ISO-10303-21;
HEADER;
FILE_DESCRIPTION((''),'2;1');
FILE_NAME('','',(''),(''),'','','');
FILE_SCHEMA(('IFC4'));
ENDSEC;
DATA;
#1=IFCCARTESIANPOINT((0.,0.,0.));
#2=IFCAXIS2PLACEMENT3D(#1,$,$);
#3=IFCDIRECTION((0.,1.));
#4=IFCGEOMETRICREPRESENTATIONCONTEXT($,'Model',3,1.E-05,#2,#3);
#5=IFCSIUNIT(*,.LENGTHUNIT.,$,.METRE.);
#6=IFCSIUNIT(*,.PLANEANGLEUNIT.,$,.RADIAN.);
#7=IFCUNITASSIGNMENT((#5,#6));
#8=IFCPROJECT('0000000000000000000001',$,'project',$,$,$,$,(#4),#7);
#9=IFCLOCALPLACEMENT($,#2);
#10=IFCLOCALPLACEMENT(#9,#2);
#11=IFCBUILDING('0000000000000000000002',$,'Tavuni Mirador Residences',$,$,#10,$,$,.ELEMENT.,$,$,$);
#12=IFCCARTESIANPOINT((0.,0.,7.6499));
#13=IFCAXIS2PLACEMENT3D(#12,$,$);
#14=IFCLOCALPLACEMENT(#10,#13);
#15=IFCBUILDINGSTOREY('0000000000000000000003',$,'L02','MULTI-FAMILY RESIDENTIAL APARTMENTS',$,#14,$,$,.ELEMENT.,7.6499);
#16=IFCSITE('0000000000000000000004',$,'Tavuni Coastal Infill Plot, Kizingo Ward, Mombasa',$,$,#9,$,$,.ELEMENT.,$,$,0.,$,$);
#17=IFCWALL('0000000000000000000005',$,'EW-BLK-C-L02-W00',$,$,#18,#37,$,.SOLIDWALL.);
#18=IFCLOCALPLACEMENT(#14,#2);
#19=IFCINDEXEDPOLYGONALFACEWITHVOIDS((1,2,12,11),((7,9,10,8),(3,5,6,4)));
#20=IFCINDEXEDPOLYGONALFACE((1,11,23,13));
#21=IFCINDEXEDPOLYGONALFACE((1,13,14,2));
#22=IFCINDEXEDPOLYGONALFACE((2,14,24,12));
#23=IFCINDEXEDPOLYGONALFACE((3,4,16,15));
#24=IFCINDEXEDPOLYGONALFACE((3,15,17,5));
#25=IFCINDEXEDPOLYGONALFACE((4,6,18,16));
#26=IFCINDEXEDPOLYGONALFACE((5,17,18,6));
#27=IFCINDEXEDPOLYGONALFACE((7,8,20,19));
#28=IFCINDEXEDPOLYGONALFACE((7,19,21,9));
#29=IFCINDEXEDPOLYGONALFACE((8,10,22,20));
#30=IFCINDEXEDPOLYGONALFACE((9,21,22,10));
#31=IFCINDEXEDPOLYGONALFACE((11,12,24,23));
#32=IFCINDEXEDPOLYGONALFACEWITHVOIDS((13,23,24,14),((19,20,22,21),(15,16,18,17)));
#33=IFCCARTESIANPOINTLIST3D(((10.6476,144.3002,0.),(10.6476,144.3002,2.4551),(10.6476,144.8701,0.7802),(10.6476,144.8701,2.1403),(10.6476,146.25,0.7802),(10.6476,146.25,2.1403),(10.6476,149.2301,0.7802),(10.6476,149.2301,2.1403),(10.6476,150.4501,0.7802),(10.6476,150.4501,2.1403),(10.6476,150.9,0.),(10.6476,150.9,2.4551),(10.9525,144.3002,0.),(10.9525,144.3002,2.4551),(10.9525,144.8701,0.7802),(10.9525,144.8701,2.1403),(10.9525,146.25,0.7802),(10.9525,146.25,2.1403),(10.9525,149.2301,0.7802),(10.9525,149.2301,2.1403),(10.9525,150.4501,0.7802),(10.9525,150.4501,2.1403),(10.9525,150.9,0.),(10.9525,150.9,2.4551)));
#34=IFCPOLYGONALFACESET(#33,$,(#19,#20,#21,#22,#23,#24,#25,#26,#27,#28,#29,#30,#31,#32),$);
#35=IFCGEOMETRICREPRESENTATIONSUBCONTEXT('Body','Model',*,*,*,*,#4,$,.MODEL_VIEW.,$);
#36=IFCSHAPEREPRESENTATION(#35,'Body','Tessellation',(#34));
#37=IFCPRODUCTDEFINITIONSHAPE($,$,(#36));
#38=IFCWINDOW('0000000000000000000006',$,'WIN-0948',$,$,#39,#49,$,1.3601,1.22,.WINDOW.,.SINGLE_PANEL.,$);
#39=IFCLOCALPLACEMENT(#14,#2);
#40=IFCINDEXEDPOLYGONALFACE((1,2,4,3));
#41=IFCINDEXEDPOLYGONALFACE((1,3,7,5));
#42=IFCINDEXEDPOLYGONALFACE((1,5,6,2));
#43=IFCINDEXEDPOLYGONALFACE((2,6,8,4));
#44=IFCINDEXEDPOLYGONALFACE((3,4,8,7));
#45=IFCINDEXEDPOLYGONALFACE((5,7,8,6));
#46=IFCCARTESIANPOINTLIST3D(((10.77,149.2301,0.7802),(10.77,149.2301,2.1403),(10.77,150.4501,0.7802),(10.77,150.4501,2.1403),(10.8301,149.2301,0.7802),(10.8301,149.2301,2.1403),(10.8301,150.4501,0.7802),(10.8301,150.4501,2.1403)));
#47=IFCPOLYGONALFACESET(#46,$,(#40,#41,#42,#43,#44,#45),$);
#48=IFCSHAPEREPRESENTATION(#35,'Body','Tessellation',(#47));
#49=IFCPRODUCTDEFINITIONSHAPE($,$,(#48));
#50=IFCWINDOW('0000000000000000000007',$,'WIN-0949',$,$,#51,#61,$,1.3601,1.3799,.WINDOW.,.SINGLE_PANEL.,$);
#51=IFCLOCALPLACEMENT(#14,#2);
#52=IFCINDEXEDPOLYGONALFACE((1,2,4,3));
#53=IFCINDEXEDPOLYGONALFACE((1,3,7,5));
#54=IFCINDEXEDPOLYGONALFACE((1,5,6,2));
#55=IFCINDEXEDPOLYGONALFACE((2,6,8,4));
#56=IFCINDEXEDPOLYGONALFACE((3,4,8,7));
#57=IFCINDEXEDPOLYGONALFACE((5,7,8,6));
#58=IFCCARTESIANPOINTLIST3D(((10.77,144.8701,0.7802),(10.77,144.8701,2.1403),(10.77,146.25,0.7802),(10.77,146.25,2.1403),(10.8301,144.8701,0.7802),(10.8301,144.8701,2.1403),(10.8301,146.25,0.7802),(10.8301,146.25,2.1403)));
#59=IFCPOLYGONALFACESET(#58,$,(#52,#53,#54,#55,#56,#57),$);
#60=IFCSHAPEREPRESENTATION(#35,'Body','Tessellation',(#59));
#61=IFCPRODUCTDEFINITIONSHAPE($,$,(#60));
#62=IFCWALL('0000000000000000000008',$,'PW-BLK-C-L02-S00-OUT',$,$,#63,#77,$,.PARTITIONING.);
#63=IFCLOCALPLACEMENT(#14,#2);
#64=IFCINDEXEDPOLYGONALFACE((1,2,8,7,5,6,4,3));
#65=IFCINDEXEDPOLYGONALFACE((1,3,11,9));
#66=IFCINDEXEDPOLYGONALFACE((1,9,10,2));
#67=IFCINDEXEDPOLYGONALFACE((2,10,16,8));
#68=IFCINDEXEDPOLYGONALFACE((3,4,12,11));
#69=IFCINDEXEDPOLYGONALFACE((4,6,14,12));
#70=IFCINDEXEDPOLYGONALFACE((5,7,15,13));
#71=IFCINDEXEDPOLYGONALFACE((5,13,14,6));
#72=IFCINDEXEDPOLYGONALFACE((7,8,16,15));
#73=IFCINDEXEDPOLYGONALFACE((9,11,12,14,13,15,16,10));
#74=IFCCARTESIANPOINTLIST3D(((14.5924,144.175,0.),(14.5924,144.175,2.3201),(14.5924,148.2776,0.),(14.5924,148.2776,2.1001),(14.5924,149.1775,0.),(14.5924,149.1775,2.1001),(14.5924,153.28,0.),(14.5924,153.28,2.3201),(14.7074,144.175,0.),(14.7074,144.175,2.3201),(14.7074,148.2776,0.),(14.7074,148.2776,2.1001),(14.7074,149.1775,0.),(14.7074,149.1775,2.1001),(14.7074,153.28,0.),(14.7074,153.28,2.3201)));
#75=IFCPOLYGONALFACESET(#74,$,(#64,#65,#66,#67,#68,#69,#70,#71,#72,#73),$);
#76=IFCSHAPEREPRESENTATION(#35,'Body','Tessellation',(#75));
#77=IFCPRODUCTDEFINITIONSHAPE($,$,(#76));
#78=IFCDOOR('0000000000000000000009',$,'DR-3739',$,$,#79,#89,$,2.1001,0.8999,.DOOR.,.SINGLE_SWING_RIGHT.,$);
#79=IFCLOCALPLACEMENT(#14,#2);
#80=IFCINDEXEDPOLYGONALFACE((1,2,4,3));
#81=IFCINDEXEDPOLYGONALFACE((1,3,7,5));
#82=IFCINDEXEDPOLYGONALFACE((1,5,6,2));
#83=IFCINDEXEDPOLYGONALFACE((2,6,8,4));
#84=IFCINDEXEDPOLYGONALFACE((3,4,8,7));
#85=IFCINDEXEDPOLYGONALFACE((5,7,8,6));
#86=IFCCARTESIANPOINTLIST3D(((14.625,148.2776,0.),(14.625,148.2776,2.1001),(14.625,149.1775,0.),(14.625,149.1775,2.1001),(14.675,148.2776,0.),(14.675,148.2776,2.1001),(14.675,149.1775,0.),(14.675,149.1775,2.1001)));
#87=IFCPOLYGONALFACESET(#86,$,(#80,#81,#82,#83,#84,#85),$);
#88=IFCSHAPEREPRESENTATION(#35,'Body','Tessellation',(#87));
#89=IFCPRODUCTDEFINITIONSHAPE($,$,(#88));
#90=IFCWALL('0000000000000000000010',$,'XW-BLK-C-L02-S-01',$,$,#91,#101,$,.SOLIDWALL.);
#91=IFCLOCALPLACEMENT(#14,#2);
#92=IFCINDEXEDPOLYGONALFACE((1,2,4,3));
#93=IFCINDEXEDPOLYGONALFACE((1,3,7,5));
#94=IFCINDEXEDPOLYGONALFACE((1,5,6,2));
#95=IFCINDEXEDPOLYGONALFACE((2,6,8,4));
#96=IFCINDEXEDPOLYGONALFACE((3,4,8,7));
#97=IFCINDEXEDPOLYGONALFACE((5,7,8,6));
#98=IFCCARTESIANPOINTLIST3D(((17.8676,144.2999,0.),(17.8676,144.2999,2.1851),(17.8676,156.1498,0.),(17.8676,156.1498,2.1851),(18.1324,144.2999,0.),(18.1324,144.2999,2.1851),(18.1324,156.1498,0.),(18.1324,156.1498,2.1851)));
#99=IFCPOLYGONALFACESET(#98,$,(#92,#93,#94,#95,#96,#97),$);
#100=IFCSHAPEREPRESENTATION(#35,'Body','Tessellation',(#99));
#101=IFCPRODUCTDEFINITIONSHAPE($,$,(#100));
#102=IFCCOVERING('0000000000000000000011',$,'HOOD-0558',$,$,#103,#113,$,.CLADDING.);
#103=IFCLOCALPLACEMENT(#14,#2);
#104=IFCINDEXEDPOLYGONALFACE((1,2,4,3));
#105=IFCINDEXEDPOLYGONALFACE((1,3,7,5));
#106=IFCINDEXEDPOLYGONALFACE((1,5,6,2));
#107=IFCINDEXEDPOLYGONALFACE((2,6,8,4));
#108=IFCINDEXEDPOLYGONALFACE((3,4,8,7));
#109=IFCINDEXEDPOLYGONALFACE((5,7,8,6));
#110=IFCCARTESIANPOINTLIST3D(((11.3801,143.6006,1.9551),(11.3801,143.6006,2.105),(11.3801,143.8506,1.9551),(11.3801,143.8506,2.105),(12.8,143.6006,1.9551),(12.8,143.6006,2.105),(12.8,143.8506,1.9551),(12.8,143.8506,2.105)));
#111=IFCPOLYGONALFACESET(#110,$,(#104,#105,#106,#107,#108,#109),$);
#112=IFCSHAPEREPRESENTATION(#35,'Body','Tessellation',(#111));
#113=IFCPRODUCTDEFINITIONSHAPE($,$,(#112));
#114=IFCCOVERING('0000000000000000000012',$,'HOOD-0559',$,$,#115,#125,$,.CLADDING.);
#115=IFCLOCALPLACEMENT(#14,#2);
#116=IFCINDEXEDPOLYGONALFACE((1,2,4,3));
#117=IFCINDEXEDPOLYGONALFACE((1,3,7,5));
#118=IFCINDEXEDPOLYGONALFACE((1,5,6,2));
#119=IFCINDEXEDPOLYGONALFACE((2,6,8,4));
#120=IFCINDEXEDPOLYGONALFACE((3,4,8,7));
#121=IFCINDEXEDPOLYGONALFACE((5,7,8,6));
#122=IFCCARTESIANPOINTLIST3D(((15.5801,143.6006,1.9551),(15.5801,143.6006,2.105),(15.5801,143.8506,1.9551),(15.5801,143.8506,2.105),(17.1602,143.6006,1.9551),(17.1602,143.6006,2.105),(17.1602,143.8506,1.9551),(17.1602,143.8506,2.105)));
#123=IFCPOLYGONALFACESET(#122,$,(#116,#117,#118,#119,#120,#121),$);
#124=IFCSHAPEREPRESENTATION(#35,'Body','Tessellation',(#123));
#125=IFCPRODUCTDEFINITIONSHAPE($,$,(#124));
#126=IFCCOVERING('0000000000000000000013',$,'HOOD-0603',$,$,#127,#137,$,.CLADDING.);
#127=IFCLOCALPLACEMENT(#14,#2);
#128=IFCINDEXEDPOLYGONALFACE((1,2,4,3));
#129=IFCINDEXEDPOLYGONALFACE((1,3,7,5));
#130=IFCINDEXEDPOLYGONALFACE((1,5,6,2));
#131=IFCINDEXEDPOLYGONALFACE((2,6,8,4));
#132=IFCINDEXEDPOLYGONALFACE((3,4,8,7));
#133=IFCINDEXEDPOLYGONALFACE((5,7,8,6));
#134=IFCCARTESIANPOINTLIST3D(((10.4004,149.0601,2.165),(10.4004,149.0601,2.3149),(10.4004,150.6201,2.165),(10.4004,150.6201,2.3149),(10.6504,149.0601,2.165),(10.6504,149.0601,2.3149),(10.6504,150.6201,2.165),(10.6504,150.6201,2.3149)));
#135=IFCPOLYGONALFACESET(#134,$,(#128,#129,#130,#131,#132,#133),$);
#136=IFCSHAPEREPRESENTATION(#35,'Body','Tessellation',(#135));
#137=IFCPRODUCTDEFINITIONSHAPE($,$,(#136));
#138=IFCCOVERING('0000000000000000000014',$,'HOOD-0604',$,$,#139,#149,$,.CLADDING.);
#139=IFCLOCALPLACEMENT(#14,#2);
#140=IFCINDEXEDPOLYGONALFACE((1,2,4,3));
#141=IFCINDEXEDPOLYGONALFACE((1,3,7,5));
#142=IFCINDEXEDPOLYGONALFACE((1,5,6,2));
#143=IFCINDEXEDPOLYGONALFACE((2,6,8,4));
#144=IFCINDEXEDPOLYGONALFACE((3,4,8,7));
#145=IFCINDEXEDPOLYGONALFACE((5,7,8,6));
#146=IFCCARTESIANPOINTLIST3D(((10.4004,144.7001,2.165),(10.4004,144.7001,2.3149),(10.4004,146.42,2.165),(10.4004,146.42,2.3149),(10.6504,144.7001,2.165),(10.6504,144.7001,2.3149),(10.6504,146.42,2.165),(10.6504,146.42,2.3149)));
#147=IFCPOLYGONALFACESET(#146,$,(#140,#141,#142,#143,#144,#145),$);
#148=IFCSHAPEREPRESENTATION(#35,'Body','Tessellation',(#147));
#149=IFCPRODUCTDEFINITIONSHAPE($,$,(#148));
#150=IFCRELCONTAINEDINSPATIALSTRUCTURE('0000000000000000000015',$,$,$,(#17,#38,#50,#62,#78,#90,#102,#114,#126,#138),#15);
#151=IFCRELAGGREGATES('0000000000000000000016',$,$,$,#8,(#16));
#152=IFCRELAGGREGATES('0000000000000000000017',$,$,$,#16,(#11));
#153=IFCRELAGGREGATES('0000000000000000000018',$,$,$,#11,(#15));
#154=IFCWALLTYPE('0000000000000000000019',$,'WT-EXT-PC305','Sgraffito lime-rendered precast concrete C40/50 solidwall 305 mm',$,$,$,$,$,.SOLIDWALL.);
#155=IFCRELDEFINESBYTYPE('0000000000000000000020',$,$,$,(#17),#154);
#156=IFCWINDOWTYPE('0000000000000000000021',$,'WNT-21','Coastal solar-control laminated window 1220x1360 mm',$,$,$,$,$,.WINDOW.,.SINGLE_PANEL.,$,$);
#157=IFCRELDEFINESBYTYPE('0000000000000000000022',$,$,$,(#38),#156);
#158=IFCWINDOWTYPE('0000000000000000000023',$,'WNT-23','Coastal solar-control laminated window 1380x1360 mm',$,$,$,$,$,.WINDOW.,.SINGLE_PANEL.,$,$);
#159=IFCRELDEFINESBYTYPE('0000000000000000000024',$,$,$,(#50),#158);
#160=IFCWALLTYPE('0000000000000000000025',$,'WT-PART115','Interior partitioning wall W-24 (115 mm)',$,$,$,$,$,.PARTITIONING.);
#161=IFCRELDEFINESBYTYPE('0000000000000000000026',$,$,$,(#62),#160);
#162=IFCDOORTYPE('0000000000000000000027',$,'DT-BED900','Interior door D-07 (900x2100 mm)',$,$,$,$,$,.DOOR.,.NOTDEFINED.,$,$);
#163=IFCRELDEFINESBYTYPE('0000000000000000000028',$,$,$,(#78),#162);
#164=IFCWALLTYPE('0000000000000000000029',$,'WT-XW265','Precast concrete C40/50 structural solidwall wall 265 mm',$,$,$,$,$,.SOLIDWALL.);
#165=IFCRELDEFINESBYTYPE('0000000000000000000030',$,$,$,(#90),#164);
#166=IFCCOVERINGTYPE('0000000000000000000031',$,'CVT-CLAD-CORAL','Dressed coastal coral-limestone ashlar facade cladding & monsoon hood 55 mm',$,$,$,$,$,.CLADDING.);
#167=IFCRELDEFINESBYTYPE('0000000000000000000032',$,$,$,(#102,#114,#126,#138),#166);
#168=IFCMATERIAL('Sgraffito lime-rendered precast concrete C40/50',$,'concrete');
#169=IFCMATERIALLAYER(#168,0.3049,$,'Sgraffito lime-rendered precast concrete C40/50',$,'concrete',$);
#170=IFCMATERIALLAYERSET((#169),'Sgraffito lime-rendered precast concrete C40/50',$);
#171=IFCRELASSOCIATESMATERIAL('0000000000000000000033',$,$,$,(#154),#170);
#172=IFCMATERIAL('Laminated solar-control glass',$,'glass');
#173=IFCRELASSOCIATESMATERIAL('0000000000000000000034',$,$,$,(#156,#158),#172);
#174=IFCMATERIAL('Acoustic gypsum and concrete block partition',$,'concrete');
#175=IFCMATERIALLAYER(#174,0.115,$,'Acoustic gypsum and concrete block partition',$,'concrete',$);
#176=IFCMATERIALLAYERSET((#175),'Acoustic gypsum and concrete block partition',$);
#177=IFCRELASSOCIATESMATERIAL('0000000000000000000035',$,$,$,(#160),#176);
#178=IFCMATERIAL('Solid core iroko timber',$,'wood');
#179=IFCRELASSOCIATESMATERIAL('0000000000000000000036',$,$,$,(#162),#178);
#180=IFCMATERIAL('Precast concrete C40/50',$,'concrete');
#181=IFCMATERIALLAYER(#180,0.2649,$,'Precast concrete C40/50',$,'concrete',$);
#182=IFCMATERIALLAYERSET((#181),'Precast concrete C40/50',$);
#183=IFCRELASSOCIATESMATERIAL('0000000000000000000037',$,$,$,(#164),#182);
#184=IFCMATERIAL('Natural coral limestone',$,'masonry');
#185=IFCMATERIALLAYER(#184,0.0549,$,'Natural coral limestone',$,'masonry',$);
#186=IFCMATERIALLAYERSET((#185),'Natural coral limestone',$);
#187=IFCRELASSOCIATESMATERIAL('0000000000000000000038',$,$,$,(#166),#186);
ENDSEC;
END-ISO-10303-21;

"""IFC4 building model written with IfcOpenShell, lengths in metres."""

from ifc_helpers import new_model, si_unit, direction, frame, frame_2d, origin, origin_2d, place, context, subcontext, project, spatial, rectangle, extrude, material, layer, layer_set, type_object, element, fill, save


model = new_model("IFC4")

# Units and contexts
model_context = context("Model", 3, precision=1e-05, world=origin(), true_north=direction((0.0, 1.0)))
body_context = subcontext(model_context, "Body", "Model", "MODEL_VIEW")
ifc_project = project(units=[si_unit("LENGTHUNIT", "METRE"), si_unit("PLANEANGLEUNIT", "RADIAN")], contexts=[model_context])

# Site, building, storey
site_placement = place(None, origin())
site = spatial("IfcSite", under=ifc_project, at=site_placement, Name="Tavuni Coastal Infill Plot, Kizingo Ward, Mombasa", CompositionType="ELEMENT", RefElevation=0.0)
building_placement = place(site_placement, origin())
building = spatial("IfcBuilding", under=site, at=building_placement, Name="Tavuni Mirador Residences", CompositionType="ELEMENT")
storey_placement = place(building_placement, frame((0.0, 0.0, 7.6499)))
storey = spatial("IfcBuildingStorey", under=building, at=storey_placement, Name="L02", Description="MULTI-FAMILY RESIDENTIAL APARTMENTS", CompositionType="ELEMENT", Elevation=7.6499)

# Shared definitions
ifc_material_1 = material(Name="Precast concrete C40/50", Category="concrete")

# Wall, openings, windows
ifc_material_2 = material(Name="Sgraffito lime-rendered precast concrete C40/50", Category="concrete")
ifc_layer_1 = layer(ifc_material_2, 0.3049, Name="Sgraffito lime-rendered precast concrete C40/50", Category="concrete")
ifc_layer_set_1 = layer_set([ifc_layer_1], Name="Sgraffito lime-rendered precast concrete C40/50")
wall_type_1 = type_object("IfcWallType", Name="WT-EXT-PC305", Description="Sgraffito lime-rendered precast concrete C40/50 solidwall 305 mm", PredefinedType="SOLIDWALL", material=ifc_layer_set_1)
ifc_material_3 = material(Name="Laminated solar-control glass", Category="glass")
wall_1_placement = place(storey_placement, frame((10.8, 150.8999, 0.0), z_axis=(0.0, 0.0, 1.0), x_axis=(0.0, -1.0, 0.0)))
wall_1 = element("IfcWall", 1, at=wall_1_placement, inside=storey, type_object=wall_type_1, Name="EW-BLK-C-L02-W00", PredefinedType="SOLIDWALL", context=body_context, shape_type="SweptSolid", body=[
    extrude(rectangle(XDim=6.5999, YDim=0.3049, at=frame_2d((3.2998, 0.0))), origin(), (0.0, 0.0, 1.0), 2.4551),
])
opening_1_placement = place(wall_1_placement, frame((0.45, 0.0, 0.78)))
opening_1 = element("IfcOpeningElement", 2, at=opening_1_placement, cuts=wall_1, PredefinedType="OPENING", context=body_context, shape_type="SweptSolid", body=[
    extrude(rectangle(XDim=1.22, YDim=1.3601, at=frame_2d((0.6099, 0.6802))), frame((0.0, 0.1626, 0.0), z_axis=(0.0, -1.0, 0.0), x_axis=(1.0, 0.0, 0.0)), (0.0, 0.0, 1.0), 0.325),
])
opening_2_placement = place(wall_1_placement, frame((4.6499, 0.0, 0.78)))
opening_2 = element("IfcOpeningElement", 3, at=opening_2_placement, cuts=wall_1, PredefinedType="OPENING", context=body_context, shape_type="SweptSolid", body=[
    extrude(rectangle(XDim=1.3799, YDim=1.3601, at=frame_2d((0.6899, 0.6802))), frame((0.0, 0.1626, 0.0), z_axis=(0.0, -1.0, 0.0), x_axis=(1.0, 0.0, 0.0)), (0.0, 0.0, 1.0), 0.325),
])
window_type_1 = type_object("IfcWindowType", Name="WNT-21", Description="Coastal solar-control laminated window 1220x1360 mm", PartitioningType="SINGLE_PANEL", PredefinedType="WINDOW", material=ifc_material_3)
window_1_placement = place(opening_1_placement, origin())
window_1 = element("IfcWindow", 4, at=window_1_placement, inside=storey, type_object=window_type_1, Name="WIN-0948", OverallHeight=1.3601, OverallWidth=1.22, PartitioningType="SINGLE_PANEL", PredefinedType="WINDOW", context=body_context, shape_type="SweptSolid", body=[
    extrude(rectangle(XDim=1.22, YDim=1.3601, at=frame_2d((0.6099, 0.6802))), frame((0.0, 0.03, 0.0), z_axis=(0.0, -1.0, 0.0), x_axis=(1.0, 0.0, 0.0)), (0.0, 0.0, 1.0), 0.0601),
])
fill(opening_1, window_1)
window_type_2 = type_object("IfcWindowType", Name="WNT-23", Description="Coastal solar-control laminated window 1380x1360 mm", PartitioningType="SINGLE_PANEL", PredefinedType="WINDOW", material=ifc_material_3)
window_2_placement = place(opening_2_placement, origin())
window_2 = element("IfcWindow", 5, at=window_2_placement, inside=storey, type_object=window_type_2, Name="WIN-0949", OverallHeight=1.3601, OverallWidth=1.3799, PartitioningType="SINGLE_PANEL", PredefinedType="WINDOW", context=body_context, shape_type="SweptSolid", body=[
    extrude(rectangle(XDim=1.3799, YDim=1.3601, at=frame_2d((0.6899, 0.6802))), frame((0.0, 0.03, 0.0), z_axis=(0.0, -1.0, 0.0), x_axis=(1.0, 0.0, 0.0)), (0.0, 0.0, 1.0), 0.0601),
])
fill(opening_2, window_2)

# Wall, opening, door
ifc_material_4 = material(Name="Acoustic gypsum and concrete block partition", Category="concrete")
ifc_layer_2 = layer(ifc_material_4, 0.115, Name="Acoustic gypsum and concrete block partition", Category="concrete")
ifc_layer_set_2 = layer_set([ifc_layer_2], Name="Acoustic gypsum and concrete block partition")
wall_type_2 = type_object("IfcWallType", Name="WT-PART115", Description="Interior partitioning wall W-24 (115 mm)", PredefinedType="PARTITIONING", material=ifc_layer_set_2)
wall_2_placement = place(storey_placement, frame((14.6499, 144.175, 0.0), z_axis=(0.0, 0.0, 1.0), x_axis=(0.0, 1.0, 0.0)))
wall_2 = element("IfcWall", 6, at=wall_2_placement, inside=storey, type_object=wall_type_2, Name="PW-BLK-C-L02-S00-OUT", PredefinedType="PARTITIONING", context=body_context, shape_type="SweptSolid", body=[
    extrude(rectangle(XDim=9.105, YDim=0.115, at=frame_2d((4.5525, 0.0))), origin(), (0.0, 0.0, 1.0), 2.3201),
])
opening_3_placement = place(wall_2_placement, frame((4.1025, 0.0, 0.0)))
opening_3 = element("IfcOpeningElement", 7, at=opening_3_placement, cuts=wall_2, PredefinedType="OPENING", context=body_context, shape_type="SweptSolid", body=[
    extrude(rectangle(XDim=0.8999, YDim=2.1001, at=frame_2d((0.45, 1.05))), frame((0.0, 0.0674, 0.0), z_axis=(0.0, -1.0, 0.0), x_axis=(1.0, 0.0, 0.0)), (0.0, 0.0, 1.0), 0.135),
])
ifc_material_5 = material(Name="Solid core iroko timber", Category="wood")
door_type = type_object("IfcDoorType", Name="DT-BED900", Description="Interior door D-07 (900x2100 mm)", OperationType="NOTDEFINED", PredefinedType="DOOR", material=ifc_material_5)
door_placement = place(opening_3_placement, origin())
door = element("IfcDoor", 8, at=door_placement, inside=storey, type_object=door_type, Name="DR-3739", OperationType="SINGLE_SWING_RIGHT", OverallHeight=2.1001, OverallWidth=0.8999, PredefinedType="DOOR", context=body_context, shape_type="SweptSolid", body=[
    extrude(rectangle(XDim=0.8999, YDim=2.1001, at=frame_2d((0.45, 1.05))), frame((0.0, 0.0249, 0.0), z_axis=(0.0, -1.0, 0.0), x_axis=(1.0, 0.0, 0.0)), (0.0, 0.0, 1.0), 0.05),
])
fill(opening_3, door)

# Wall
ifc_layer_3 = layer(ifc_material_1, 0.2649, Name="Precast concrete C40/50", Category="concrete")
ifc_layer_set_3 = layer_set([ifc_layer_3], Name="Precast concrete C40/50")
wall_type_3 = type_object("IfcWallType", Name="WT-XW265", Description="Precast concrete C40/50 structural solidwall wall 265 mm", PredefinedType="SOLIDWALL", material=ifc_layer_set_3)
wall_3_placement = place(storey_placement, frame((18.0, 144.3, 0.0), z_axis=(0.0, 0.0, 1.0), x_axis=(0.0, 1.0, 0.0)))
element("IfcWall", 9, at=wall_3_placement, inside=storey, type_object=wall_type_3, Name="XW-BLK-C-L02-S-01", PredefinedType="SOLIDWALL", context=body_context, shape_type="SweptSolid", body=[
    extrude(rectangle(XDim=11.8499, YDim=0.2649, at=frame_2d((5.9248, 0.0))), origin(), (0.0, 0.0, 1.0), 2.1851),
])

# Coverings
ifc_material_6 = material(Name="Natural coral limestone", Category="masonry")
ifc_layer_4 = layer(ifc_material_6, 0.0549, Name="Natural coral limestone", Category="masonry")
ifc_layer_set_4 = layer_set([ifc_layer_4], Name="Natural coral limestone")
covering_type = type_object("IfcCoveringType", Name="CVT-CLAD-CORAL", Description="Dressed coastal coral-limestone ashlar facade cladding & monsoon hood 55 mm", PredefinedType="CLADDING", material=ifc_layer_set_4)
covering_1_placement = place(storey_placement, frame((12.0901, 143.7256, 1.9551), z_axis=(0.0, 0.0, 1.0), x_axis=(1.0, 0.0, 0.0)))
element("IfcCovering", 10, at=covering_1_placement, inside=storey, type_object=covering_type, Name="HOOD-0558", PredefinedType="CLADDING", context=body_context, shape_type="SweptSolid", body=[
    extrude(rectangle(XDim=1.4199, YDim=0.25, at=origin_2d()), origin(), (0.0, 0.0, 1.0), 0.1499),
])
covering_2_placement = place(storey_placement, frame((16.3701, 143.7256, 1.9551), z_axis=(0.0, 0.0, 1.0), x_axis=(1.0, 0.0, 0.0)))
element("IfcCovering", 11, at=covering_2_placement, inside=storey, type_object=covering_type, Name="HOOD-0559", PredefinedType="CLADDING", context=body_context, shape_type="SweptSolid", body=[
    extrude(rectangle(XDim=1.5801, YDim=0.25, at=origin_2d()), origin(), (0.0, 0.0, 1.0), 0.1499),
])
covering_3_placement = place(storey_placement, frame((10.5254, 149.8401, 2.165), z_axis=(0.0, 0.0, 1.0), x_axis=(0.0, -1.0, 0.0)))
element("IfcCovering", 12, at=covering_3_placement, inside=storey, type_object=covering_type, Name="HOOD-0603", PredefinedType="CLADDING", context=body_context, shape_type="SweptSolid", body=[
    extrude(rectangle(XDim=1.5601, YDim=0.25, at=origin_2d()), origin(), (0.0, 0.0, 1.0), 0.1499),
])
covering_4_placement = place(storey_placement, frame((10.5254, 145.5601, 2.165), z_axis=(0.0, 0.0, 1.0), x_axis=(0.0, -1.0, 0.0)))
element("IfcCovering", 13, at=covering_4_placement, inside=storey, type_object=covering_type, Name="HOOD-0604", PredefinedType="CLADDING", context=body_context, shape_type="SweptSolid", body=[
    extrude(rectangle(XDim=1.72, YDim=0.25, at=origin_2d()), origin(), (0.0, 0.0, 1.0), 0.1499),
])

save(model, "model.ifc")
